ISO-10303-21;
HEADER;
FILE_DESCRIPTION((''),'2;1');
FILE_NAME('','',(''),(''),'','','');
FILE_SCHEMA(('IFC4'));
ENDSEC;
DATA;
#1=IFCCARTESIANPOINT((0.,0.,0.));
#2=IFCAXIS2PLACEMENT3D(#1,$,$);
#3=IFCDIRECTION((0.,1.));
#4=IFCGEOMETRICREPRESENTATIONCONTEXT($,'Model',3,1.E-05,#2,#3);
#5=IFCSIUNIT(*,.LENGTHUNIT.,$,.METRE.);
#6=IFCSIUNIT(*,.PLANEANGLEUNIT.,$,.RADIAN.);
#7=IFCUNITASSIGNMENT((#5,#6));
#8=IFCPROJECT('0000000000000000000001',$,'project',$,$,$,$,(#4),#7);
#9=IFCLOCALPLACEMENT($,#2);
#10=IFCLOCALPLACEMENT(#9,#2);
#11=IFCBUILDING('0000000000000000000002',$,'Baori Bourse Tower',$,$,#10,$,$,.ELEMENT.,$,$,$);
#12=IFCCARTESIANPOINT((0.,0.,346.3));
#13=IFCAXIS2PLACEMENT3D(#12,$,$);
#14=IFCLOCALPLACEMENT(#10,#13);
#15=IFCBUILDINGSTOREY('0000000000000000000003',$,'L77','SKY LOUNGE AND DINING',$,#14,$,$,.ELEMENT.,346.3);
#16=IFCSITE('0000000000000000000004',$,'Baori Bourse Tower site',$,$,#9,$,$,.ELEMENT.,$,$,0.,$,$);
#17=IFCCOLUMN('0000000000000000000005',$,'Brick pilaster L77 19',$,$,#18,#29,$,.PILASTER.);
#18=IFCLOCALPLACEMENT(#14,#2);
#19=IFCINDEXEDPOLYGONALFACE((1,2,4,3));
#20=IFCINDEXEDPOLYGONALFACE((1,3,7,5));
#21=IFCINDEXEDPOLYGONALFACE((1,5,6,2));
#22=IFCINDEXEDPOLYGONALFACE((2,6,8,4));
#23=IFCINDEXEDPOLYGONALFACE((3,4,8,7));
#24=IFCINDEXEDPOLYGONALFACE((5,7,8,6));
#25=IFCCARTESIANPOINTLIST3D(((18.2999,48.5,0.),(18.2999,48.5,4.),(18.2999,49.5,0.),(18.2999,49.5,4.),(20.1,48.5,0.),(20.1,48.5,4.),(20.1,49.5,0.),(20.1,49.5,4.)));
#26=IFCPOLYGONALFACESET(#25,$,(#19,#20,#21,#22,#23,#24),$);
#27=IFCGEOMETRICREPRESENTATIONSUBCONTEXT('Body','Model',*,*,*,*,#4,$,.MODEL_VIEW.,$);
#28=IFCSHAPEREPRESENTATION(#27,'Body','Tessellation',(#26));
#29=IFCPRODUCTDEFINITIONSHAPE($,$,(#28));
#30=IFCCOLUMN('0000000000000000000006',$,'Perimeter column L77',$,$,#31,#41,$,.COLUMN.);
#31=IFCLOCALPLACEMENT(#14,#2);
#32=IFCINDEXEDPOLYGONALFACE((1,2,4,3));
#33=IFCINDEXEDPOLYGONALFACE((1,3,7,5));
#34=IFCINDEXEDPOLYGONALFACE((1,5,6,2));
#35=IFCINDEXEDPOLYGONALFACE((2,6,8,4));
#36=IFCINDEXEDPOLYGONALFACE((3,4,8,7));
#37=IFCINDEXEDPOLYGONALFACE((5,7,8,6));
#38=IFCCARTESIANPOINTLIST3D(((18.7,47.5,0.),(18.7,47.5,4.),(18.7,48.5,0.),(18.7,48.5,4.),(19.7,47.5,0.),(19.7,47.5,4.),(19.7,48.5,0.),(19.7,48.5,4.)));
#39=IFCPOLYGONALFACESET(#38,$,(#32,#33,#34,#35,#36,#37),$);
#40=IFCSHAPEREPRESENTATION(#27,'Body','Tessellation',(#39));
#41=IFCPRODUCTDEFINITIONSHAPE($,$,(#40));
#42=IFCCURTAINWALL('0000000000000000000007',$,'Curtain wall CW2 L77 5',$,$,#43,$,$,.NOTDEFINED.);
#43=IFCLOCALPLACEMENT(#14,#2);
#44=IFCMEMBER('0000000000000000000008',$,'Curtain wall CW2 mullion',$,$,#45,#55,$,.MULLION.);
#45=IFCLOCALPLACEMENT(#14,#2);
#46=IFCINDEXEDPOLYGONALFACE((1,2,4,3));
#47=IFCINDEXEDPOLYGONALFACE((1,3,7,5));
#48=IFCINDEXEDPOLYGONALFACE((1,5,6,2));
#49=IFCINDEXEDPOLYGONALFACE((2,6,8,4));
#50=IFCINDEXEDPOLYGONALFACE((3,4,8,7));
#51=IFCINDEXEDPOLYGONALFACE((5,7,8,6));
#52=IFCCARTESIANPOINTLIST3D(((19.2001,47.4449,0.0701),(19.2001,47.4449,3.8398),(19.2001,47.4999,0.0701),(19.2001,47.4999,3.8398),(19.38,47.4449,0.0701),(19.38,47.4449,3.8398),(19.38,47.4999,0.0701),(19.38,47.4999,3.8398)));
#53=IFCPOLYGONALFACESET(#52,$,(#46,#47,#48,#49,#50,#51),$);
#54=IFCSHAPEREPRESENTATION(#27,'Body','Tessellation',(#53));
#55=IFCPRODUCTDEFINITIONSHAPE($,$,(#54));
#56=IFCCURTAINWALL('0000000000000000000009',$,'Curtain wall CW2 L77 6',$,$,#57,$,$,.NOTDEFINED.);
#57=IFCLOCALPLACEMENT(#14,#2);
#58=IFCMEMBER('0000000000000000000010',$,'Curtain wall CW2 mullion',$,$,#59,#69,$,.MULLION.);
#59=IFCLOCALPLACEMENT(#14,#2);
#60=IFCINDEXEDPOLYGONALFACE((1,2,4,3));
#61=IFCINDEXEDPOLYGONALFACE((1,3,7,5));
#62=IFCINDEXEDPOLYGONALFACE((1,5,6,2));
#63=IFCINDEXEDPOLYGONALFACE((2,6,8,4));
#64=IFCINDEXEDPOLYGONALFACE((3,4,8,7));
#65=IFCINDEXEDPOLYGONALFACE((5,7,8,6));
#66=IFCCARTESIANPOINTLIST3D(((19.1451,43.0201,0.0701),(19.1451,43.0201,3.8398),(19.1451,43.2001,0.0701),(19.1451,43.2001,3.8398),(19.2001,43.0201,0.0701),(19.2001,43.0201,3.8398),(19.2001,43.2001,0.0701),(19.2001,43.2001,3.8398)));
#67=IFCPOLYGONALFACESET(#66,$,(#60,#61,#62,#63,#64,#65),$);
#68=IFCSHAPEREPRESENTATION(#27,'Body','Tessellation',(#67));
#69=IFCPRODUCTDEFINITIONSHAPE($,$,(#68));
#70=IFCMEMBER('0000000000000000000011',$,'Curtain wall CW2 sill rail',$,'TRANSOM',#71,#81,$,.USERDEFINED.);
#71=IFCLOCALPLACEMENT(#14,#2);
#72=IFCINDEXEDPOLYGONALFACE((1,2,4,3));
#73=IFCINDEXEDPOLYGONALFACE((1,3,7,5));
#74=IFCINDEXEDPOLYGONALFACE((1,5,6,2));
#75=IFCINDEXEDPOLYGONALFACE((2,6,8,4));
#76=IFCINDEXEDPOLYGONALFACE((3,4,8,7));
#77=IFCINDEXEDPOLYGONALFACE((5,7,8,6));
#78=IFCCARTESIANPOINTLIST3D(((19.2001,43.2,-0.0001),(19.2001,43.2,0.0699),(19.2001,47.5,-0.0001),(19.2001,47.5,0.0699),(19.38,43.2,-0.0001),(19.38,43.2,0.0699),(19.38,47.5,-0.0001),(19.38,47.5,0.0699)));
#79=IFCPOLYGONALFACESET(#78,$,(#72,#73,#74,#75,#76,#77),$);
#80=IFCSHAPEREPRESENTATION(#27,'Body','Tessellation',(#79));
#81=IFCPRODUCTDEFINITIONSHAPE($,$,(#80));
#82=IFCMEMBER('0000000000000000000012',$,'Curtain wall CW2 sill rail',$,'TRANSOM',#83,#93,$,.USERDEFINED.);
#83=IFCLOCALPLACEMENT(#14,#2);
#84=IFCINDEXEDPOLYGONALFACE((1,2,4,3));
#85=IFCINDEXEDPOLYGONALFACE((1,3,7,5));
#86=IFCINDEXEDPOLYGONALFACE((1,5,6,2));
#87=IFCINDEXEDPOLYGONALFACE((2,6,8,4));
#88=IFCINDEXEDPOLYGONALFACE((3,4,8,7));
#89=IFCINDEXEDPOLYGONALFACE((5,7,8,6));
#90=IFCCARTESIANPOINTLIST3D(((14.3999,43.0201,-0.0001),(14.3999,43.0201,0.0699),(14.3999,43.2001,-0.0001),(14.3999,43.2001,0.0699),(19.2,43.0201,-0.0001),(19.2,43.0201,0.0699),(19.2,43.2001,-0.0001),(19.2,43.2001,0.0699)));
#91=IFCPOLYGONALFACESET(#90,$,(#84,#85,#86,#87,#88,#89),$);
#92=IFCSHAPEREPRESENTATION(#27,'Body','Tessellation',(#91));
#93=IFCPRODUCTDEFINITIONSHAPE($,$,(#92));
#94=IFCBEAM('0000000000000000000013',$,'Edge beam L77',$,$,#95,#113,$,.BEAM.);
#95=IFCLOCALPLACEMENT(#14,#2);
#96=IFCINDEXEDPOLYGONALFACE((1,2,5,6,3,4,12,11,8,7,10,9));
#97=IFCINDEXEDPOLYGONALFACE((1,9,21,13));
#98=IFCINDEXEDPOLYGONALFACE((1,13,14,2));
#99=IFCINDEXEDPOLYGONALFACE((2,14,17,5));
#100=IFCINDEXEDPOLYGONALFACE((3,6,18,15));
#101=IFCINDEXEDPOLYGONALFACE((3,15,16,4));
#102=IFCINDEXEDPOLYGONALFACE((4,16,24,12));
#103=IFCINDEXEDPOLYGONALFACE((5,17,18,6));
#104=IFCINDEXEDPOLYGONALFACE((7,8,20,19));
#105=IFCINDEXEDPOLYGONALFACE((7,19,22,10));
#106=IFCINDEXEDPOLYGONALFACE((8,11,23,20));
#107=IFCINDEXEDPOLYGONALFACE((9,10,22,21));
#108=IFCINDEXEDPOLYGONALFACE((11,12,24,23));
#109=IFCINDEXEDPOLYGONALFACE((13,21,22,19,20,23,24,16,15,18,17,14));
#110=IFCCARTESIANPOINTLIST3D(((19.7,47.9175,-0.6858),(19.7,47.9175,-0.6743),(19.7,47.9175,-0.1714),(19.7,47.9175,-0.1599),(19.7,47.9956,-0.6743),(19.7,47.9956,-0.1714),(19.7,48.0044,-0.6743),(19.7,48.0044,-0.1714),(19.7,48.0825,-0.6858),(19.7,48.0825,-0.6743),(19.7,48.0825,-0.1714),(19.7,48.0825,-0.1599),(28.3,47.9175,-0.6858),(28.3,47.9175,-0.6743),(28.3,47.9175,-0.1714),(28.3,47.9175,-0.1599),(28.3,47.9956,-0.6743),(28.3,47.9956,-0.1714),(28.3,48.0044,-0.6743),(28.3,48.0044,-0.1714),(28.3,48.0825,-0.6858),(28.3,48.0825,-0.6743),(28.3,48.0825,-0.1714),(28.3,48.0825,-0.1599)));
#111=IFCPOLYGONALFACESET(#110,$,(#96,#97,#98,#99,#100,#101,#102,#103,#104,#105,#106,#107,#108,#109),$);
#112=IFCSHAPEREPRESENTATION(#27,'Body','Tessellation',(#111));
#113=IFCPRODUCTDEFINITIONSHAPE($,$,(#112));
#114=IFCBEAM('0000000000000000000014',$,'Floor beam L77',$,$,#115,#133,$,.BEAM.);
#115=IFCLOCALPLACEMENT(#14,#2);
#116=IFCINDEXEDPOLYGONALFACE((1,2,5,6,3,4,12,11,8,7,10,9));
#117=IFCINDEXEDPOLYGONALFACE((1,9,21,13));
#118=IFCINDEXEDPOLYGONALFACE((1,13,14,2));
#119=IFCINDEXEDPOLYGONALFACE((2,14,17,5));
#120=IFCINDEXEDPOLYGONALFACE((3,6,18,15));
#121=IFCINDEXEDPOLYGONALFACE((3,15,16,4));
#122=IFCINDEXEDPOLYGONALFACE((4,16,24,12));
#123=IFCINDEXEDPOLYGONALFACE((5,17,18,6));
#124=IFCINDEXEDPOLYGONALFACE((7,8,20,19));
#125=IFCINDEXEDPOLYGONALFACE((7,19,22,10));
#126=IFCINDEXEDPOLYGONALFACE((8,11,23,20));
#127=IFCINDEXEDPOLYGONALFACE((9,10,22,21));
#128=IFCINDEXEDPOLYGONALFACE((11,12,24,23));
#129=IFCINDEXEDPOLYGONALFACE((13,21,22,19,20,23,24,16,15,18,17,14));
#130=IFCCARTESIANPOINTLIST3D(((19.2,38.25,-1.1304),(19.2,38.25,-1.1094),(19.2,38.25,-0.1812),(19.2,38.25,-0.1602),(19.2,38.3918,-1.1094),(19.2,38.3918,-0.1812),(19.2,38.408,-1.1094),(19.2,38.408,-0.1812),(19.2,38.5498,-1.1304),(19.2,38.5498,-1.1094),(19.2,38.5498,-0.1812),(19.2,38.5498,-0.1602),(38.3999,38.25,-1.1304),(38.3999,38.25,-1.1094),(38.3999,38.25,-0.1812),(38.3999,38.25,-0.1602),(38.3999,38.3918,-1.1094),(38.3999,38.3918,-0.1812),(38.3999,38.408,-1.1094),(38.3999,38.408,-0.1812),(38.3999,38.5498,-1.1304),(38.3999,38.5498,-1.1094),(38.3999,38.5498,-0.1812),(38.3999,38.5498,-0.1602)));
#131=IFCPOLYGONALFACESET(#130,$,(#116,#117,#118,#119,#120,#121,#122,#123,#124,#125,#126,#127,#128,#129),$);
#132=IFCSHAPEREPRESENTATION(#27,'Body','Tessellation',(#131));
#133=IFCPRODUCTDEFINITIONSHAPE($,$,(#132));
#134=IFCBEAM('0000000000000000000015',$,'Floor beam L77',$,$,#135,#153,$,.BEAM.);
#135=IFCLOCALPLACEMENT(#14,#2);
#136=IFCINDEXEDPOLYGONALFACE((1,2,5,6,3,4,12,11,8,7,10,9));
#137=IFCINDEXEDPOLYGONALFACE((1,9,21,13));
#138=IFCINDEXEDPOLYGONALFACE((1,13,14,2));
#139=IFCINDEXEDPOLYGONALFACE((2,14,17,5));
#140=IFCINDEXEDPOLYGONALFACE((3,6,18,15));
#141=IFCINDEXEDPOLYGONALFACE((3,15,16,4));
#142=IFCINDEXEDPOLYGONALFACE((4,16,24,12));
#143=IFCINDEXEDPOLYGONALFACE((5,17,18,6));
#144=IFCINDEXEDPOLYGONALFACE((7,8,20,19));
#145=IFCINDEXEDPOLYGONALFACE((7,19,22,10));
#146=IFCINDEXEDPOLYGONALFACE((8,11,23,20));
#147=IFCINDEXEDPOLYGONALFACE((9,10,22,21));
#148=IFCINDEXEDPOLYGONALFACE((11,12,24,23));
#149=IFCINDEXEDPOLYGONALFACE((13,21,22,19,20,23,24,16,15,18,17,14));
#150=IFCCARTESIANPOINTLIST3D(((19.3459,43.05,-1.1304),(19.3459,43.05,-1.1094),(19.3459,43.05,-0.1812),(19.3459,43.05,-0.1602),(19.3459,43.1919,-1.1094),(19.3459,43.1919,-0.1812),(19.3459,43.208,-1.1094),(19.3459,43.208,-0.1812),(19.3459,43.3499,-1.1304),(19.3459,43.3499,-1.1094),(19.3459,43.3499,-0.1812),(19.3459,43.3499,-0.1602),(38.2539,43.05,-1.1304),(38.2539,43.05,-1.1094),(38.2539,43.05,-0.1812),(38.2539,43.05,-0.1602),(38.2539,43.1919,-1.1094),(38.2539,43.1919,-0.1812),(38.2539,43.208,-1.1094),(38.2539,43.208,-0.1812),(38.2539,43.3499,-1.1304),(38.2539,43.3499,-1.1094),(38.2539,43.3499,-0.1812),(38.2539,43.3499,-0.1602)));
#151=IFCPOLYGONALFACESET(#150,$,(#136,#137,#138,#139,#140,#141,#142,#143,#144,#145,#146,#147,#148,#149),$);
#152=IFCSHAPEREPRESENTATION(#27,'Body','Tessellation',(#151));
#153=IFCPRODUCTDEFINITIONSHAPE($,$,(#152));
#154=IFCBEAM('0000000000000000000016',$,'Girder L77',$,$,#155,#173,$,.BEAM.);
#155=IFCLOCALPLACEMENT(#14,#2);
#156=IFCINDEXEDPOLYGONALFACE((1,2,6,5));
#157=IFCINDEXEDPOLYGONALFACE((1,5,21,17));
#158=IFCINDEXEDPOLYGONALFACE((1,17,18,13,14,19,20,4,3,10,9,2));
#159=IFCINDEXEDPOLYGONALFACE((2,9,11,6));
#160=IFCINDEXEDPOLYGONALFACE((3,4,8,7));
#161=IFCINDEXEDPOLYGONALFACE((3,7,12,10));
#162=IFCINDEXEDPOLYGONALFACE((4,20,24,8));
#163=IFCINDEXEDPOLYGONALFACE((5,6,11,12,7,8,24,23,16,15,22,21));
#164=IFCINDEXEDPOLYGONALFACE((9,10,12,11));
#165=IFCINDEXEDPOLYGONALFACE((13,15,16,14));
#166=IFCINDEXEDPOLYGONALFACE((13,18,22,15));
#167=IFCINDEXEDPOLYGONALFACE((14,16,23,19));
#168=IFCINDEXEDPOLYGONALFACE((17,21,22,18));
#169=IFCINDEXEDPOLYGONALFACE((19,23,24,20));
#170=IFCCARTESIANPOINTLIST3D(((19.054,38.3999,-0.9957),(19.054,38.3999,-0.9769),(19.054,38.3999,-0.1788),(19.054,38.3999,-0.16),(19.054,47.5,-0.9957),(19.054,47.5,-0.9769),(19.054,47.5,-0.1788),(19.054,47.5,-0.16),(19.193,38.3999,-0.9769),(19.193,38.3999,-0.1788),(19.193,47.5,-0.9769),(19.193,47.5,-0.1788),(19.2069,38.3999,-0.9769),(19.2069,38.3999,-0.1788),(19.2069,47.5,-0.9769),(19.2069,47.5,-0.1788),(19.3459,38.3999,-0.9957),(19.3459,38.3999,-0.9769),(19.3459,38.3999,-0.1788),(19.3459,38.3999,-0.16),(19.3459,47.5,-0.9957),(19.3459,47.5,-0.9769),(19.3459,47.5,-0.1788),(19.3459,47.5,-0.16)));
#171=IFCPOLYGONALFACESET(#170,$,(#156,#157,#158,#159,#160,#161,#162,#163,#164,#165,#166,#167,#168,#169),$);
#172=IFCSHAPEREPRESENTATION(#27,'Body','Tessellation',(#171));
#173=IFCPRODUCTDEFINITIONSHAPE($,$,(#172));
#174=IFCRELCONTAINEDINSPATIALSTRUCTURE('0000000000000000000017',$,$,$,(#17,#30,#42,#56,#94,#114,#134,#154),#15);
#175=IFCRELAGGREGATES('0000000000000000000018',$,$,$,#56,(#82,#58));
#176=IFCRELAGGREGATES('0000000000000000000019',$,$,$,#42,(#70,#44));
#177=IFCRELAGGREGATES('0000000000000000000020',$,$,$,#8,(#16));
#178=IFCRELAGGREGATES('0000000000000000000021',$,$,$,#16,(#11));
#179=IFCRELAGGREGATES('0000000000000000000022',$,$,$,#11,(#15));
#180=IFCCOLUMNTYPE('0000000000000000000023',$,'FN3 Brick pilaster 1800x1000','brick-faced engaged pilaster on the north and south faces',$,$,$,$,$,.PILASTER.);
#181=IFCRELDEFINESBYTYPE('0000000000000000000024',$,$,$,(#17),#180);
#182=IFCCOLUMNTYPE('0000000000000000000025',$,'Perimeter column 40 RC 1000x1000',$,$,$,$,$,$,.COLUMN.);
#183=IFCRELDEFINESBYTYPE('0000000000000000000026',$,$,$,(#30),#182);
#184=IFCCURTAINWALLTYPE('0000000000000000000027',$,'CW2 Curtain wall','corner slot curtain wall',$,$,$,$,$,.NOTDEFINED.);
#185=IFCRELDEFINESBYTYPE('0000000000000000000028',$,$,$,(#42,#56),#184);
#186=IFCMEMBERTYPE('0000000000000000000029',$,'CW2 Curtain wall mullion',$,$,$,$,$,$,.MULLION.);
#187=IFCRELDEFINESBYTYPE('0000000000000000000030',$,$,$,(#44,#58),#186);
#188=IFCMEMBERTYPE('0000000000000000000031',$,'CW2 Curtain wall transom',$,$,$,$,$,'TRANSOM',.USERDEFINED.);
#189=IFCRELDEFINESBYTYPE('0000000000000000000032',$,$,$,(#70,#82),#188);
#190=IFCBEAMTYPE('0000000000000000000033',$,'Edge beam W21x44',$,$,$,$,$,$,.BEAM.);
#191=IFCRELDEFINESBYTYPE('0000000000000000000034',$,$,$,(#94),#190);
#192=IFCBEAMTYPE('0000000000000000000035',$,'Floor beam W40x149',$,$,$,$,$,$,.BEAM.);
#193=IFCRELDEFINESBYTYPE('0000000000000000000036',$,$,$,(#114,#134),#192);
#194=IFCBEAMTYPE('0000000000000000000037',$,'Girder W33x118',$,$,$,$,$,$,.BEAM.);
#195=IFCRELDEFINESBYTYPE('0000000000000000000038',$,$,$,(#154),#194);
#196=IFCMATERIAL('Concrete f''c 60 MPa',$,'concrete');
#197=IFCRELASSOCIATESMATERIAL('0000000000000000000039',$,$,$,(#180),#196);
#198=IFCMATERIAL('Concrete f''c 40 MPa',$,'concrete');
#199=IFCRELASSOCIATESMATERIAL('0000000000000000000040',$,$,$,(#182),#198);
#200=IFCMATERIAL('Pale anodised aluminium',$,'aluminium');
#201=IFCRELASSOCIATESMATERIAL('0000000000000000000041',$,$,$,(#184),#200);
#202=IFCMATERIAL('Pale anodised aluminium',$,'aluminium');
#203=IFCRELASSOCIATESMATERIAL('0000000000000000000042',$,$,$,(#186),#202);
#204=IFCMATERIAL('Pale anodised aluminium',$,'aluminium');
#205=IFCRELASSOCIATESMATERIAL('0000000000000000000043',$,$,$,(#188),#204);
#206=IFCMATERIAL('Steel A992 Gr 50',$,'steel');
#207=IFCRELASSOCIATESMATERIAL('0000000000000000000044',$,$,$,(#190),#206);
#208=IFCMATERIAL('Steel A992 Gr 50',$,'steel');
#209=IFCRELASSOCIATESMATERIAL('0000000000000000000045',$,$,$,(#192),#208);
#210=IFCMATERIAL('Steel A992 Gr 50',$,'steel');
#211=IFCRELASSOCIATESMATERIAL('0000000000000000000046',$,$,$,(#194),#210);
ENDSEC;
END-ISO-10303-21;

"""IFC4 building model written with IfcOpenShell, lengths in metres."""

from ifc_helpers import new_model, si_unit, direction, frame, origin, origin_2d, place, context, subcontext, project, spatial, rectangle, i_section, extrude, material, material_profile, profile_set, type_object, element, aggregate, save


model = new_model("IFC4")

# Units and contexts
model_context = context("Model", 3, precision=1e-05, world=origin(), true_north=direction((0.0, 1.0)))
body_context = subcontext(model_context, "Body", "Model", "MODEL_VIEW")
ifc_project = project(units=[si_unit("LENGTHUNIT", "METRE"), si_unit("PLANEANGLEUNIT", "RADIAN")], contexts=[model_context])

# Site, building, storey
site_placement = place(None, origin())
site = spatial("IfcSite", under=ifc_project, at=site_placement, Name="Baori Bourse Tower site", CompositionType="ELEMENT", RefElevation=0.0)
building_placement = place(site_placement, origin())
building = spatial("IfcBuilding", under=site, at=building_placement, Name="Baori Bourse Tower", CompositionType="ELEMENT")
storey_placement = place(building_placement, frame((0.0, 0.0, 346.3)))
storey = spatial("IfcBuildingStorey", under=building, at=storey_placement, Name="L77", Description="SKY LOUNGE AND DINING", CompositionType="ELEMENT", Elevation=346.3)

# Columns
ifc_material_1 = material(Name="Concrete f'c 60 MPa", Category="concrete")
ifc_material_profile_1 = material_profile(ifc_material_1, rectangle(XDim=1.8, YDim=1.0, at=origin_2d()), Name="RC 1800x1000")
ifc_profile_set_1 = profile_set([ifc_material_profile_1], Name="Concrete f'c 60 MPa")
column_type_1 = type_object("IfcColumnType", Name="FN3 Brick pilaster 1800x1000", Description="brick-faced engaged pilaster on the north and south faces", PredefinedType="PILASTER", material=ifc_profile_set_1)
column_1_placement = place(storey_placement, frame((19.2, 49.0, 0.0), z_axis=(0.0, 0.0, 1.0), x_axis=(1.0, 0.0, 0.0)))
element("IfcColumn", 1, at=column_1_placement, inside=storey, type_object=column_type_1, Name="Brick pilaster L77 19", PredefinedType="PILASTER", context=body_context, shape_type="SweptSolid", body=[
    extrude(rectangle(XDim=1.8, YDim=1.0, at=origin_2d()), origin(), (0.0, 0.0, 1.0), 4.0),
])
ifc_material_2 = material(Name="Concrete f'c 40 MPa", Category="concrete")
ifc_material_profile_2 = material_profile(ifc_material_2, rectangle(XDim=1.0, YDim=1.0, at=origin_2d()), Name="RC 1000x1000")
ifc_profile_set_2 = profile_set([ifc_material_profile_2], Name="Concrete f'c 40 MPa")
column_type_2 = type_object("IfcColumnType", Name="Perimeter column 40 RC 1000x1000", PredefinedType="COLUMN", material=ifc_profile_set_2)
column_2_placement = place(storey_placement, frame((19.2, 48.0, 0.0), z_axis=(0.0, 0.0, 1.0), x_axis=(1.0, 0.0, 0.0)))
element("IfcColumn", 2, at=column_2_placement, inside=storey, type_object=column_type_2, Name="Perimeter column L77", PredefinedType="COLUMN", context=body_context, shape_type="SweptSolid", body=[
    extrude(rectangle(XDim=1.0, YDim=1.0, at=origin_2d()), origin(), (0.0, 0.0, 1.0), 4.0),
])

# Curtain walls, members
ifc_material_3 = material(Name="Pale anodised aluminium", Category="aluminium")
curtain_wall_type = type_object("IfcCurtainWallType", Name="CW2 Curtain wall", Description="corner slot curtain wall", PredefinedType="NOTDEFINED", material=ifc_material_3)
curtain_wall_1_placement = place(storey_placement, origin())
curtain_wall_1 = element("IfcCurtainWall", 3, at=curtain_wall_1_placement, inside=storey, type_object=curtain_wall_type, Name="Curtain wall CW2 L77 5", PredefinedType="NOTDEFINED")
ifc_material_4 = material(Name="Pale anodised aluminium", Category="aluminium")
ifc_material_profile_3 = material_profile(ifc_material_4, rectangle(XDim=0.1799, YDim=0.0549, at=origin_2d()), Name="Mullion 55x180")
ifc_profile_set_3 = profile_set([ifc_material_profile_3], Name="Pale anodised aluminium")
member_type_1 = type_object("IfcMemberType", Name="CW2 Curtain wall mullion", PredefinedType="MULLION", material=ifc_profile_set_3)
member_1_placement = place(storey_placement, frame((19.29, 47.4724, 0.0701), z_axis=(0.0, 0.0, 1.0), x_axis=(1.0, 0.0, 0.0)))
member_1 = element("IfcMember", 4, at=member_1_placement, type_object=member_type_1, Name="Curtain wall CW2 mullion", PredefinedType="MULLION", context=body_context, shape_type="SweptSolid", body=[
    extrude(rectangle(XDim=0.1799, YDim=0.0549, at=origin_2d()), origin(), (0.0, 0.0, 1.0), 3.7698),
])
curtain_wall_2_placement = place(storey_placement, origin())
curtain_wall_2 = element("IfcCurtainWall", 5, at=curtain_wall_2_placement, inside=storey, type_object=curtain_wall_type, Name="Curtain wall CW2 L77 6", PredefinedType="NOTDEFINED")
member_2_placement = place(storey_placement, frame((19.1726, 43.1101, 0.0701), z_axis=(0.0, 0.0, 1.0), x_axis=(0.0, -1.0, 0.0)))
member_2 = element("IfcMember", 6, at=member_2_placement, type_object=member_type_1, Name="Curtain wall CW2 mullion", PredefinedType="MULLION", context=body_context, shape_type="SweptSolid", body=[
    extrude(rectangle(XDim=0.1799, YDim=0.0549, at=origin_2d()), origin(), (0.0, 0.0, 1.0), 3.7698),
])

# Members
ifc_material_5 = material(Name="Pale anodised aluminium", Category="aluminium")
ifc_material_profile_4 = material_profile(ifc_material_5, rectangle(XDim=0.1799, YDim=0.0701, at=origin_2d()), Name="Transom 70x180")
ifc_profile_set_4 = profile_set([ifc_material_profile_4], Name="Pale anodised aluminium")
member_type_2 = type_object("IfcMemberType", Name="CW2 Curtain wall transom", ElementType="TRANSOM", PredefinedType="USERDEFINED", material=ifc_profile_set_4)
member_3_placement = place(storey_placement, frame((19.29, 47.5, 0.0349), z_axis=(0.0, -1.0, 0.0), x_axis=(1.0, 0.0, 0.0)))
member_3 = element("IfcMember", 7, at=member_3_placement, type_object=member_type_2, Name="Curtain wall CW2 sill rail", ObjectType="TRANSOM", PredefinedType="USERDEFINED", context=body_context, shape_type="SweptSolid", body=[
    extrude(rectangle(XDim=0.1799, YDim=0.0701, at=origin_2d()), origin(), (0.0, 0.0, 1.0), 4.3),
])
member_4_placement = place(storey_placement, frame((19.2, 43.1101, 0.0349), z_axis=(-1.0, 0.0, 0.0), x_axis=(0.0, -1.0, 0.0)))
member_4 = element("IfcMember", 8, at=member_4_placement, type_object=member_type_2, Name="Curtain wall CW2 sill rail", ObjectType="TRANSOM", PredefinedType="USERDEFINED", context=body_context, shape_type="SweptSolid", body=[
    extrude(rectangle(XDim=0.1799, YDim=0.0701, at=origin_2d()), origin(), (0.0, 0.0, 1.0), 4.8),
])
aggregate(curtain_wall_2, [member_4, member_2])

# Beams
ifc_material_6 = material(Name="Steel A992 Gr 50", Category="steel")
ifc_material_profile_5 = material_profile(ifc_material_6, i_section(OverallWidth=0.165, OverallDepth=0.5259, WebThickness=0.0088, FlangeThickness=0.0115, at=origin_2d()), Name="W21x44")
ifc_profile_set_5 = profile_set([ifc_material_profile_5], Name="Steel A992 Gr 50")
beam_type_1 = type_object("IfcBeamType", Name="Edge beam W21x44", PredefinedType="BEAM", material=ifc_profile_set_5)
beam_1_placement = place(storey_placement, frame((19.7, 48.0, -0.4229), z_axis=(1.0, 0.0, 0.0), x_axis=(0.0, 1.0, 0.0)))
element("IfcBeam", 9, at=beam_1_placement, inside=storey, type_object=beam_type_1, Name="Edge beam L77", PredefinedType="BEAM", context=body_context, shape_type="SweptSolid", body=[
    extrude(i_section(OverallWidth=0.165, OverallDepth=0.5259, WebThickness=0.0088, FlangeThickness=0.0115, at=origin_2d()), origin(), (0.0, 0.0, 1.0), 8.6001),
])
ifc_material_7 = material(Name="Steel A992 Gr 50", Category="steel")
ifc_material_profile_6 = material_profile(ifc_material_7, i_section(OverallWidth=0.2998, OverallDepth=0.9702, WebThickness=0.0161, FlangeThickness=0.021, at=origin_2d()), Name="W40x149")
ifc_profile_set_6 = profile_set([ifc_material_profile_6], Name="Steel A992 Gr 50")
beam_type_2 = type_object("IfcBeamType", Name="Floor beam W40x149", PredefinedType="BEAM", material=ifc_profile_set_6)
beam_2_placement = place(storey_placement, frame((19.2, 38.3999, -0.6453), z_axis=(1.0, 0.0, 0.0), x_axis=(0.0, 1.0, 0.0)))
element("IfcBeam", 10, at=beam_2_placement, inside=storey, type_object=beam_type_2, Name="Floor beam L77", PredefinedType="BEAM", context=body_context, shape_type="SweptSolid", body=[
    extrude(i_section(OverallWidth=0.2998, OverallDepth=0.9702, WebThickness=0.0161, FlangeThickness=0.021, at=origin_2d()), origin(), (0.0, 0.0, 1.0), 19.2),
])
beam_3_placement = place(storey_placement, frame((19.3459, 43.2, -0.6453), z_axis=(1.0, 0.0, 0.0), x_axis=(0.0, 1.0, 0.0)))
element("IfcBeam", 11, at=beam_3_placement, inside=storey, type_object=beam_type_2, Name="Floor beam L77", PredefinedType="BEAM", context=body_context, shape_type="SweptSolid", body=[
    extrude(i_section(OverallWidth=0.2998, OverallDepth=0.9702, WebThickness=0.0161, FlangeThickness=0.021, at=origin_2d()), origin(), (0.0, 0.0, 1.0), 18.908),
])
ifc_material_8 = material(Name="Steel A992 Gr 50", Category="steel")
ifc_material_profile_7 = material_profile(ifc_material_8, i_section(OverallWidth=0.292, OverallDepth=0.8357, WebThickness=0.0139, FlangeThickness=0.0188, at=origin_2d()), Name="W33x118")
ifc_profile_set_7 = profile_set([ifc_material_profile_7], Name="Steel A992 Gr 50")
beam_type_3 = type_object("IfcBeamType", Name="Girder W33x118", PredefinedType="BEAM", material=ifc_profile_set_7)
beam_4_placement = place(storey_placement, frame((19.2, 38.3999, -0.5779), z_axis=(0.0, 1.0, 0.0), x_axis=(-1.0, 0.0, 0.0)))
element("IfcBeam", 12, at=beam_4_placement, inside=storey, type_object=beam_type_3, Name="Girder L77", PredefinedType="BEAM", context=body_context, shape_type="SweptSolid", body=[
    extrude(i_section(OverallWidth=0.292, OverallDepth=0.8357, WebThickness=0.0139, FlangeThickness=0.0188, at=origin_2d()), origin(), (0.0, 0.0, 1.0), 9.1001),
])

aggregate(curtain_wall_1, [member_3, member_1])

save(model, "model.ifc")
